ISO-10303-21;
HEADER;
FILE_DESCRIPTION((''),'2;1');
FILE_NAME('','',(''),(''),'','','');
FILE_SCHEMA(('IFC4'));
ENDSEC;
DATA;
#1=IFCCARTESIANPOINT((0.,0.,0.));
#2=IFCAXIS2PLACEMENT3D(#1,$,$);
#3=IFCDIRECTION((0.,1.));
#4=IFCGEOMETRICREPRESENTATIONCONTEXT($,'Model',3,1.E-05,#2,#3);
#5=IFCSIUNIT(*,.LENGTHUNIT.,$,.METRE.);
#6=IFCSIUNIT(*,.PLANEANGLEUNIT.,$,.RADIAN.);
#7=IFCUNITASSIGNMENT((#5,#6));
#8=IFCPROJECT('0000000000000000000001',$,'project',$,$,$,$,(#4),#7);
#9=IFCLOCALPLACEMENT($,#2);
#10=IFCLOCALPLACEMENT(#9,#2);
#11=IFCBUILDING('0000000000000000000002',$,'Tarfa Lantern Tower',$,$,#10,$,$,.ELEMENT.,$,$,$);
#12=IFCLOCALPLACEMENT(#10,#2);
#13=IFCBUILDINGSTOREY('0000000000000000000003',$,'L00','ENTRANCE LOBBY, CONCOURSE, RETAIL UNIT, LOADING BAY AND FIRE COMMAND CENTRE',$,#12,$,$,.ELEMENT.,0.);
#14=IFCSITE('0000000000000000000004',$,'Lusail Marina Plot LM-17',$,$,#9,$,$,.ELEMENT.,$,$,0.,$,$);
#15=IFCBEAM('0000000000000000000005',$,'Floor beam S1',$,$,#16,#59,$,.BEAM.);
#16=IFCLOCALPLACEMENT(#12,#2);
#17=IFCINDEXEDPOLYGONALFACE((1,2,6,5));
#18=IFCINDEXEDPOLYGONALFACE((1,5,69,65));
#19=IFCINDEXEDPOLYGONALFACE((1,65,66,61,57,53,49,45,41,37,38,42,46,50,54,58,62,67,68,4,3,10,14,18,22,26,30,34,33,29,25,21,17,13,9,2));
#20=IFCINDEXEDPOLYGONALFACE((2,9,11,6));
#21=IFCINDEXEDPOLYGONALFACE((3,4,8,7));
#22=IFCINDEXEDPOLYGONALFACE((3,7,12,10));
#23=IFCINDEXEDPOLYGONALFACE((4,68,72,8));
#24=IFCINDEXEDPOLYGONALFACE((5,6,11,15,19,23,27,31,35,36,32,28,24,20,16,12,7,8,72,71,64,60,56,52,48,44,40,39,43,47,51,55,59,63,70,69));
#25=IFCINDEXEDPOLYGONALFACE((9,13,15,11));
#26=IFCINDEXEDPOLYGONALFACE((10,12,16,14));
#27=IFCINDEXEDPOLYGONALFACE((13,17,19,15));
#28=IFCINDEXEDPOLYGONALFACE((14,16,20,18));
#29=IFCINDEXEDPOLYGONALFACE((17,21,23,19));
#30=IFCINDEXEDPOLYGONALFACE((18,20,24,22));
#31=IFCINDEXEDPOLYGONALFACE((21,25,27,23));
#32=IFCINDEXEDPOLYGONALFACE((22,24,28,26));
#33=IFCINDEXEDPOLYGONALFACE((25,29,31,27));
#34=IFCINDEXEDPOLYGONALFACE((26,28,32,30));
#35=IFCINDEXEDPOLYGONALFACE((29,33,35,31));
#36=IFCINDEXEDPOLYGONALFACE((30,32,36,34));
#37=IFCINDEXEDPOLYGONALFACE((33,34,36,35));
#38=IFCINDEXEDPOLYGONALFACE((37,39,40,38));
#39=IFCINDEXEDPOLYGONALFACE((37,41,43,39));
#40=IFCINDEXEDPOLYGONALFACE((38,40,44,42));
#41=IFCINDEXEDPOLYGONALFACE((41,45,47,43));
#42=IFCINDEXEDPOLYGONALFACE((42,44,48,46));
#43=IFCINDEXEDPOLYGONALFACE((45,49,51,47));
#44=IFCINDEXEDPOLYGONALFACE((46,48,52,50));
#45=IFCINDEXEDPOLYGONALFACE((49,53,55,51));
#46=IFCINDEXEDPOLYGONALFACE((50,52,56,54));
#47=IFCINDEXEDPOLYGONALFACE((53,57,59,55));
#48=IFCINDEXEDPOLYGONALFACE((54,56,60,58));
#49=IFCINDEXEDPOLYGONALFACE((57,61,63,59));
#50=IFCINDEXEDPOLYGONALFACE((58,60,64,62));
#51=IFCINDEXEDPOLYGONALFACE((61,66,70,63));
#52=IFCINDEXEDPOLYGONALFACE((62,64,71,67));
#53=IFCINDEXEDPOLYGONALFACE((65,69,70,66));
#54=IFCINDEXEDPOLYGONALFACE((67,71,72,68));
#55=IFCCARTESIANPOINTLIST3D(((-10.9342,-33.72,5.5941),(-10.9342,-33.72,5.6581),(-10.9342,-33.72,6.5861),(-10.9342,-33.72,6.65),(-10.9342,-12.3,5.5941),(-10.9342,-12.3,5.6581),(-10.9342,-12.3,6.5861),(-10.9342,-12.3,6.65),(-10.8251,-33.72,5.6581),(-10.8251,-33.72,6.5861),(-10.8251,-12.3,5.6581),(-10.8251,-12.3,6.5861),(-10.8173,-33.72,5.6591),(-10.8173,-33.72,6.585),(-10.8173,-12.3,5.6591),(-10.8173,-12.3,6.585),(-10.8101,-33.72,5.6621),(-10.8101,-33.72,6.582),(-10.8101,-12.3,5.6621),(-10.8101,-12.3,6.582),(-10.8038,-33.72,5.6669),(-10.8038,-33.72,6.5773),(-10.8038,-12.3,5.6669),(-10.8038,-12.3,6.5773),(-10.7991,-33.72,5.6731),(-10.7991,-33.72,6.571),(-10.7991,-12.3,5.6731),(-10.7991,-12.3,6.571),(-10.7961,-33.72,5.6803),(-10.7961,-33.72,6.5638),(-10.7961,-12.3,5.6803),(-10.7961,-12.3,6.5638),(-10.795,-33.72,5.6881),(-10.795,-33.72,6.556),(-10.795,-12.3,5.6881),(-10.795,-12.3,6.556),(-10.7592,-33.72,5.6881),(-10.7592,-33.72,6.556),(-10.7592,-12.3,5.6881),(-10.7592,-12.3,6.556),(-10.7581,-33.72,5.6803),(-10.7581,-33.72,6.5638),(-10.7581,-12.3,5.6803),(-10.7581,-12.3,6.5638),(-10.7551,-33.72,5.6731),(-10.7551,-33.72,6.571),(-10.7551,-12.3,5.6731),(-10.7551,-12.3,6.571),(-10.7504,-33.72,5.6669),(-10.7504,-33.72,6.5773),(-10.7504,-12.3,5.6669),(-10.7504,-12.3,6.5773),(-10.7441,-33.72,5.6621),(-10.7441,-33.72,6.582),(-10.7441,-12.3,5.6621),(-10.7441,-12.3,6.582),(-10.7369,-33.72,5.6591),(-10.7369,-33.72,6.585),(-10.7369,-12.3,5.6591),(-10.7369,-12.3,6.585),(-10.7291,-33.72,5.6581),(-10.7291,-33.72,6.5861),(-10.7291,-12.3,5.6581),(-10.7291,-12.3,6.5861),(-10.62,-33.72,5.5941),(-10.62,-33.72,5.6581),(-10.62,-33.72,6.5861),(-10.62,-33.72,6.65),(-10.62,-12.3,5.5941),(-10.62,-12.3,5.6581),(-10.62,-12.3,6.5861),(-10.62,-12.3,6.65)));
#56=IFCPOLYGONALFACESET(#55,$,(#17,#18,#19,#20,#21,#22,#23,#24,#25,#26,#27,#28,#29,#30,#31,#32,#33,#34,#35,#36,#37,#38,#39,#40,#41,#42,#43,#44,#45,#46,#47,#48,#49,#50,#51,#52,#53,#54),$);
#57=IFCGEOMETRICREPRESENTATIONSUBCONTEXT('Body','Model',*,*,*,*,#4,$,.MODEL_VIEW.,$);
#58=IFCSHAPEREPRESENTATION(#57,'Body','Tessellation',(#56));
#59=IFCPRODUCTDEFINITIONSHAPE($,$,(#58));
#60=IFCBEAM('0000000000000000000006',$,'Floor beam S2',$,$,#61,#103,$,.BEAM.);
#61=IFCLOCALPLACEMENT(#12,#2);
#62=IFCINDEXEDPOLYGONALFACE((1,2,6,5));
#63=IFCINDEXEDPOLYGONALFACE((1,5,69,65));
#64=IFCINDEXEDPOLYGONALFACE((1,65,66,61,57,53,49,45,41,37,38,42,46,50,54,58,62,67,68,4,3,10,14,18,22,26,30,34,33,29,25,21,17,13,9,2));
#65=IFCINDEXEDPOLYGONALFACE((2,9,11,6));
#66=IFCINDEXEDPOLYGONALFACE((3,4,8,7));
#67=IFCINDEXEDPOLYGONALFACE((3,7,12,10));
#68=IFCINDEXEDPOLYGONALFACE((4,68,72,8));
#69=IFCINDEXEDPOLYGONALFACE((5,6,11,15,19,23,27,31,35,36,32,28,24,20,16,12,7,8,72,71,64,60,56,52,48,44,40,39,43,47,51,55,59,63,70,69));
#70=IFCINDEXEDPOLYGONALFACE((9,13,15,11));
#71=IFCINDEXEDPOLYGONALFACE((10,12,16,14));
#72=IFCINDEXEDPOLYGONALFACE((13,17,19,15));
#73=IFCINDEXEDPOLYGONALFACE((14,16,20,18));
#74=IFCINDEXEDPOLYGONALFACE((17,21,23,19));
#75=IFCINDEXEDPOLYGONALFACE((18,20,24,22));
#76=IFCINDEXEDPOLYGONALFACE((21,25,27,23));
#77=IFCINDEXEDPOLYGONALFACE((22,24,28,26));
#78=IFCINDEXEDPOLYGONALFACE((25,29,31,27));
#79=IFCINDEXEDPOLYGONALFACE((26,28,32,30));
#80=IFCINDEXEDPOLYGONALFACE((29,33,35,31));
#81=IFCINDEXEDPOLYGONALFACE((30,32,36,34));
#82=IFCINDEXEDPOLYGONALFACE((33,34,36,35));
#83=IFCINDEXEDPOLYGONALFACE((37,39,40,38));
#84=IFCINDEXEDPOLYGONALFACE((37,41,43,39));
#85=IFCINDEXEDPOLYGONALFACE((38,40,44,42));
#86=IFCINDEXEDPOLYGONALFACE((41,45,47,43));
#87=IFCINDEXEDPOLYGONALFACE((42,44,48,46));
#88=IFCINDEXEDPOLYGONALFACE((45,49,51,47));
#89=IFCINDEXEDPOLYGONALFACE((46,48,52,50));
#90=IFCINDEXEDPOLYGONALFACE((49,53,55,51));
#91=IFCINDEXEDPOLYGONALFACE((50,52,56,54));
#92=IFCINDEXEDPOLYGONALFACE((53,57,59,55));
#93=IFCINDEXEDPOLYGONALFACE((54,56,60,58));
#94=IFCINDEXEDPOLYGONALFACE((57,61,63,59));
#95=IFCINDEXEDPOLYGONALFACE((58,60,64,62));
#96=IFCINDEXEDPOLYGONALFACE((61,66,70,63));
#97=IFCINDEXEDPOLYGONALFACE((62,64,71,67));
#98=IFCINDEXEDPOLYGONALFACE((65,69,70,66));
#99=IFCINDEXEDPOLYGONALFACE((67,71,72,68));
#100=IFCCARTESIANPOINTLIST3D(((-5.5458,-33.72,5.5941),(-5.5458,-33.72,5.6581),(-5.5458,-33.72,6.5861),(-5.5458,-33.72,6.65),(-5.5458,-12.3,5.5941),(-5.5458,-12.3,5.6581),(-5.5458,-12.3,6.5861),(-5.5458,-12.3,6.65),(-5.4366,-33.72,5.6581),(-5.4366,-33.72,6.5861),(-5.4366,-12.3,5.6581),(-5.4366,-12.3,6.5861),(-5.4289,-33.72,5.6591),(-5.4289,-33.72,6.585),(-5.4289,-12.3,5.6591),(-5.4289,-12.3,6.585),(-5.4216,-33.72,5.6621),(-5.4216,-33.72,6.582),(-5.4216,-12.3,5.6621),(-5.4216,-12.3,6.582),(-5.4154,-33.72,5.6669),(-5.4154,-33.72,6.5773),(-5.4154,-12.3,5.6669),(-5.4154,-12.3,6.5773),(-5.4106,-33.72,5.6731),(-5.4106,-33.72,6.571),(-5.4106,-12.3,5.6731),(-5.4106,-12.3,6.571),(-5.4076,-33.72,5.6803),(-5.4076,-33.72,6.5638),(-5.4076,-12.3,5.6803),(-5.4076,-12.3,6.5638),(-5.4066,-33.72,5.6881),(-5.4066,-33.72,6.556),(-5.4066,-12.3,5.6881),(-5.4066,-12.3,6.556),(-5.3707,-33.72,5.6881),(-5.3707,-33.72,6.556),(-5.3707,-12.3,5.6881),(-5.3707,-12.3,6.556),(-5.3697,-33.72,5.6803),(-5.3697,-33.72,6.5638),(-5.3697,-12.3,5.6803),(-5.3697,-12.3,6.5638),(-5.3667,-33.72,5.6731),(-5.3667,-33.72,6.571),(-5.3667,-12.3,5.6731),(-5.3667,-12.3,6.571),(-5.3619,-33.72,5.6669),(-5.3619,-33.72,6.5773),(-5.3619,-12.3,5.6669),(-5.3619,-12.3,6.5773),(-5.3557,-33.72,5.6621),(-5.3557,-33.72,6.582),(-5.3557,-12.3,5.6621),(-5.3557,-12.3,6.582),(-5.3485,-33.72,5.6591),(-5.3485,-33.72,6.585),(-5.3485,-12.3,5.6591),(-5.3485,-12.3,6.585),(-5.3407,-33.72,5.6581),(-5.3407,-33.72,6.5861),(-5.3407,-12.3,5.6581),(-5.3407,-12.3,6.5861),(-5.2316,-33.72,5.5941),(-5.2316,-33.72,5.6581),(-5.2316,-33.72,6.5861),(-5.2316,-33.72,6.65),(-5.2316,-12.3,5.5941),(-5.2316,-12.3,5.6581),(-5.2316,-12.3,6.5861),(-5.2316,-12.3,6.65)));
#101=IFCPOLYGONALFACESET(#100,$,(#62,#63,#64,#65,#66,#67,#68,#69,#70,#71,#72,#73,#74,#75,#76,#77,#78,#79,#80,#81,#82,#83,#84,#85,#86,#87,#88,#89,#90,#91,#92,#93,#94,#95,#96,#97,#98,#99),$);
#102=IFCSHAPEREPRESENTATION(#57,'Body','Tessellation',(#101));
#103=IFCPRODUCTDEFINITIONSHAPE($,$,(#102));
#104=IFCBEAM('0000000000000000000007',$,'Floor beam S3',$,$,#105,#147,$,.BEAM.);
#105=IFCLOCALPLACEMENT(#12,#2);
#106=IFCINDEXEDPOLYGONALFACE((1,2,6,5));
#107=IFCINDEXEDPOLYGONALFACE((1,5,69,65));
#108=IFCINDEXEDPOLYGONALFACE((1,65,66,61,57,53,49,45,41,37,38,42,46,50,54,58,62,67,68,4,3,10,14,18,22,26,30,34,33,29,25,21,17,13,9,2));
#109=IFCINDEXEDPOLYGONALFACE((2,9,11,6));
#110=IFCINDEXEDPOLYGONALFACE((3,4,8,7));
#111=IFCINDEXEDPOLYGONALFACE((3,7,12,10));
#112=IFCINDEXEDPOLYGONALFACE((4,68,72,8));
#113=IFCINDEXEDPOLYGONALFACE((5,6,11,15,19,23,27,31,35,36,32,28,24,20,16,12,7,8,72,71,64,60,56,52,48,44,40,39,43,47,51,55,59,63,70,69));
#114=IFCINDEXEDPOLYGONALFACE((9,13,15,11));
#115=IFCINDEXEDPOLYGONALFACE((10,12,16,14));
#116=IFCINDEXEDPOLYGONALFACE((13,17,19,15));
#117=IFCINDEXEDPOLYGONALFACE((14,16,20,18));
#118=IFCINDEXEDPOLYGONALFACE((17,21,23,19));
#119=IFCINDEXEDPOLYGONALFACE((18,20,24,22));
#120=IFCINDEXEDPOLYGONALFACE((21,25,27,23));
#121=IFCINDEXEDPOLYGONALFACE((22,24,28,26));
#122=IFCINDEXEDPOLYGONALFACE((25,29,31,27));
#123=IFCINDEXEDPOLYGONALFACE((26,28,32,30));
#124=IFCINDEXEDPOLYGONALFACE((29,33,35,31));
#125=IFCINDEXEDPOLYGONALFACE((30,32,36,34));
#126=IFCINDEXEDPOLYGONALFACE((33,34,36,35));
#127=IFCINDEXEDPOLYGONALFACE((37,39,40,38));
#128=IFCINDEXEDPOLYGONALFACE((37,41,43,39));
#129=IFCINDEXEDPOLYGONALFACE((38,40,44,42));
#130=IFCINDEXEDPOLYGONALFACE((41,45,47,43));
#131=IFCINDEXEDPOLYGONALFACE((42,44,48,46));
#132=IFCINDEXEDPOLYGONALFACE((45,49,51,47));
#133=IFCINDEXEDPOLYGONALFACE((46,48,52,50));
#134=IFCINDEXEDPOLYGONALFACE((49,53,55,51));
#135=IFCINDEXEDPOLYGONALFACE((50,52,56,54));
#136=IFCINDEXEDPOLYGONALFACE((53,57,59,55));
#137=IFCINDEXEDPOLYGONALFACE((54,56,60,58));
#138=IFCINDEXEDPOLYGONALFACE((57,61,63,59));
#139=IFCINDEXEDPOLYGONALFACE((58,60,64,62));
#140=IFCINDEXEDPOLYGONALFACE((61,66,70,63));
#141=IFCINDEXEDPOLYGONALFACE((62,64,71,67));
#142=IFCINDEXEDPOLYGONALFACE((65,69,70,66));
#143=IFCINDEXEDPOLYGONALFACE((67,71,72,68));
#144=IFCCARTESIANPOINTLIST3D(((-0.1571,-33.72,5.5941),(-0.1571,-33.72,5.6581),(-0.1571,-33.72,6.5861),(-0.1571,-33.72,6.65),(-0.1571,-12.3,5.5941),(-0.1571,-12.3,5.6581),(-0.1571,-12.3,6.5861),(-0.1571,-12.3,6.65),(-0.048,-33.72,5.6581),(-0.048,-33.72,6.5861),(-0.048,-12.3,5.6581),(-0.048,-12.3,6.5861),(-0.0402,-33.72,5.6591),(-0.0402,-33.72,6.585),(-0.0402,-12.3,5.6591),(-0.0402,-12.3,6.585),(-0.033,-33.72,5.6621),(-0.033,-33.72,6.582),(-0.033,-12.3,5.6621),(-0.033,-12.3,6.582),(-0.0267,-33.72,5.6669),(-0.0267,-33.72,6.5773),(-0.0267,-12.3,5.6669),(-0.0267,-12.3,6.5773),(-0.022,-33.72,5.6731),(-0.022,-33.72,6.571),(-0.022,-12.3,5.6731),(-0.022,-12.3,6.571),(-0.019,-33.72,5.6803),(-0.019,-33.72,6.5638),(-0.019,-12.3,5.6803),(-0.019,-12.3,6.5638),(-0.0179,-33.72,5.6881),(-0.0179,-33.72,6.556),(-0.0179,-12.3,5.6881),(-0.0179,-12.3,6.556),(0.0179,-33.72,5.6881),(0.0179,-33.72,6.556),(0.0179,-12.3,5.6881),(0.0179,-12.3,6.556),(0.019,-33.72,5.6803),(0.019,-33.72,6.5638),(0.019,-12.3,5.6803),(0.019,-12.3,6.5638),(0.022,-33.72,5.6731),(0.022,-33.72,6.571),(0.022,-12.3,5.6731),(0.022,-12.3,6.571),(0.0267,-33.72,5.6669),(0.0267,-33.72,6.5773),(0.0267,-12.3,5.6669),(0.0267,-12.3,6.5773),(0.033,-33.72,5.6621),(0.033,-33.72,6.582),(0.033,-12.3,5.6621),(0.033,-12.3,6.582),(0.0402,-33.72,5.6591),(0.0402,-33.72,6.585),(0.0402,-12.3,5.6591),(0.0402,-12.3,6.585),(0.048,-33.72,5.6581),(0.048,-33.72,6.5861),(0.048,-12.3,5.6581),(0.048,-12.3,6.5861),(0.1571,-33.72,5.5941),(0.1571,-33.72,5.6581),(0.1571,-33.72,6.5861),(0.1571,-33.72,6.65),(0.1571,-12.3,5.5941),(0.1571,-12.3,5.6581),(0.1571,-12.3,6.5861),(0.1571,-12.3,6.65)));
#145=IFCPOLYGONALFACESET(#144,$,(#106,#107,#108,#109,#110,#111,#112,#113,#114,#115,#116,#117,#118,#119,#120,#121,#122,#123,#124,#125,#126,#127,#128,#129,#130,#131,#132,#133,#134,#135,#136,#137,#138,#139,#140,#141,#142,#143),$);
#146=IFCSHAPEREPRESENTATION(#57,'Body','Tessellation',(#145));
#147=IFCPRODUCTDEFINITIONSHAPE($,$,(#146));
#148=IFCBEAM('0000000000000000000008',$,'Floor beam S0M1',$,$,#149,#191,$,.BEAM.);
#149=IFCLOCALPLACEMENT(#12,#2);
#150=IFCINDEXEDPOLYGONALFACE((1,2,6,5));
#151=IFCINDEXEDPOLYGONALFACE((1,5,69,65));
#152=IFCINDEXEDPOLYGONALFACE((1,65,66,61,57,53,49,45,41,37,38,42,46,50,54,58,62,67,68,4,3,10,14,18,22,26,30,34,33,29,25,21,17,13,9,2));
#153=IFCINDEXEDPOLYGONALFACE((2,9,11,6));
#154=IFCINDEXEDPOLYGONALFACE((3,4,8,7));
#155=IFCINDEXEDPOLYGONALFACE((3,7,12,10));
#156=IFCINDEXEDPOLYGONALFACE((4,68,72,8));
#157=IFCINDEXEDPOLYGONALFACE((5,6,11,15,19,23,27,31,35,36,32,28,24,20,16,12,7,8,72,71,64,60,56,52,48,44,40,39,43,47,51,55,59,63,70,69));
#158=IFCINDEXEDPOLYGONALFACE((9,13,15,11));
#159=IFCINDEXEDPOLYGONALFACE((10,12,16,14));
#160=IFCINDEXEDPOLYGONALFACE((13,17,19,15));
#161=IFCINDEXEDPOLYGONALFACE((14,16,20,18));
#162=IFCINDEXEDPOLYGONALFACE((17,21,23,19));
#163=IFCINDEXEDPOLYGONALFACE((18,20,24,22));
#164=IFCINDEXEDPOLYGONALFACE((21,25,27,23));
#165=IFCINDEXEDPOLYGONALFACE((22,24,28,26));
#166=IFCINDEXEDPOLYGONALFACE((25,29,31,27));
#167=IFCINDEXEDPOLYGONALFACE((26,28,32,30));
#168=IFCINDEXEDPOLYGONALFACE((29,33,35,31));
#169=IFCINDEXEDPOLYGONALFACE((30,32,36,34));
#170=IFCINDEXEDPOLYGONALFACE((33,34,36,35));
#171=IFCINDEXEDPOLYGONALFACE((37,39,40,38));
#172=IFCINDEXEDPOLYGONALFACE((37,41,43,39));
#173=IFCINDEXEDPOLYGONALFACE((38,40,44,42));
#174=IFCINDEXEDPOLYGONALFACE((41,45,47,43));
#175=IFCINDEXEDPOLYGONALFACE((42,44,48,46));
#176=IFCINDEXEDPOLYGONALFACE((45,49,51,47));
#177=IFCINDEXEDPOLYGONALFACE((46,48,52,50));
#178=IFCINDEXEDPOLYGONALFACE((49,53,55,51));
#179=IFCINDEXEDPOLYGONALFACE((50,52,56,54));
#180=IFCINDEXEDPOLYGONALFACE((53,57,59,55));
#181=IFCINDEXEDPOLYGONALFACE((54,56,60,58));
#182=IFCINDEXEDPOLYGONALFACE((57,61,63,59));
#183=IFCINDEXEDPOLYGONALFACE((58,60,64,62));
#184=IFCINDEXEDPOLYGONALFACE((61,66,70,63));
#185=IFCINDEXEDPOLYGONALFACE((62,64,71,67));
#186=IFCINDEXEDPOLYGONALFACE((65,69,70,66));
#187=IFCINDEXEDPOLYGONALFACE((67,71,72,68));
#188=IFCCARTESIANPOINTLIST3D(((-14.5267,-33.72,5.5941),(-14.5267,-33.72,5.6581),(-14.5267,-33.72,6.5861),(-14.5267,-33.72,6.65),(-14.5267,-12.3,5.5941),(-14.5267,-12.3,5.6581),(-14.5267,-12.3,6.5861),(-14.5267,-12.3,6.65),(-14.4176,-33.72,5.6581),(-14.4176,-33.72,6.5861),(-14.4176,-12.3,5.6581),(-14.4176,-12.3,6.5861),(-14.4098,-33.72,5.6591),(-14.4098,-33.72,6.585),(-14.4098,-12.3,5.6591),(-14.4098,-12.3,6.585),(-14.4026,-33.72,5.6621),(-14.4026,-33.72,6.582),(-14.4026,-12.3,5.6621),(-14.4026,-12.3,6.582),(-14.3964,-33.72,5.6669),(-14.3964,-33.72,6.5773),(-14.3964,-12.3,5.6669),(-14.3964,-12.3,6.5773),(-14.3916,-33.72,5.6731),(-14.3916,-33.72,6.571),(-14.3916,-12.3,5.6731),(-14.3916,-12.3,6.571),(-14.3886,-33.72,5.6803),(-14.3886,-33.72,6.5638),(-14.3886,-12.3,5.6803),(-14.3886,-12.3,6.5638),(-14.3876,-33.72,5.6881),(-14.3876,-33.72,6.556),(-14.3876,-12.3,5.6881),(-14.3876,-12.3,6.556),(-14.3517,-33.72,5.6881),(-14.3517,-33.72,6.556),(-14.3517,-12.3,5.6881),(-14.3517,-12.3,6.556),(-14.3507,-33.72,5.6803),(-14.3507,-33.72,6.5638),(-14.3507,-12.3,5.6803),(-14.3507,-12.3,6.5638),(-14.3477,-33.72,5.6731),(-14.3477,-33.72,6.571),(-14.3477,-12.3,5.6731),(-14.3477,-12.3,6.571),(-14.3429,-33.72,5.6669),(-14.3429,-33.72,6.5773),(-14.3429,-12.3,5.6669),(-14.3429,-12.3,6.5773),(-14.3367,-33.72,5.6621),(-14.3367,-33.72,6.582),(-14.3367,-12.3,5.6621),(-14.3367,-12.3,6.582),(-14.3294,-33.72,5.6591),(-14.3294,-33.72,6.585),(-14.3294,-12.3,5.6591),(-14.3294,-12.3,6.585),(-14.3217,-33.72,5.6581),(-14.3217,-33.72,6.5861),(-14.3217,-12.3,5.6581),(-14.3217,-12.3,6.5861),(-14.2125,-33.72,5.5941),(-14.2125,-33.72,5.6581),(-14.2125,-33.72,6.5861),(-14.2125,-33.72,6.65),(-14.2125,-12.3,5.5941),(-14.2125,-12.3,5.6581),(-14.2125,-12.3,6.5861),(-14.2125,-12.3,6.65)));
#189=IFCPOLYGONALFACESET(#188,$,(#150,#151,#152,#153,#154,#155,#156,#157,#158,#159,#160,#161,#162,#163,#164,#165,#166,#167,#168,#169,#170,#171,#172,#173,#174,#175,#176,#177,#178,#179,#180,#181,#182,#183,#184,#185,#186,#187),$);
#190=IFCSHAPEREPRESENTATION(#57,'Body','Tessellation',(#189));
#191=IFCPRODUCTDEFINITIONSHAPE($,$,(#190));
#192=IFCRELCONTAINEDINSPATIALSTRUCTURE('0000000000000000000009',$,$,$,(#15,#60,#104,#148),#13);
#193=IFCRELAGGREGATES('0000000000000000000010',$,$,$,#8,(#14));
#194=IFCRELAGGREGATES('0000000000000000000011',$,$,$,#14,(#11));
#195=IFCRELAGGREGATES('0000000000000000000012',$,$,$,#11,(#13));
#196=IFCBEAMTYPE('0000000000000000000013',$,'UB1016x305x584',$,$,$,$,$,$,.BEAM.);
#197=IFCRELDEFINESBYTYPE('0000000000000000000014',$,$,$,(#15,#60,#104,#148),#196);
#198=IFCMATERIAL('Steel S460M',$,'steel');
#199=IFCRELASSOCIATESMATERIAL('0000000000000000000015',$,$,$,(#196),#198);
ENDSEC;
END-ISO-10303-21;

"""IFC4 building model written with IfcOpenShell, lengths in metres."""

from ifc_helpers import new_model, si_unit, direction, frame, origin, origin_2d, place, context, subcontext, project, spatial, i_section, extrude, material, material_profile, profile_set, type_object, element, save


model = new_model("IFC4")

# Units and contexts
model_context = context("Model", 3, precision=1e-05, world=origin(), true_north=direction((0.0, 1.0)))
body_context = subcontext(model_context, "Body", "Model", "MODEL_VIEW")
ifc_project = project(units=[si_unit("LENGTHUNIT", "METRE"), si_unit("PLANEANGLEUNIT", "RADIAN")], contexts=[model_context])

# Site, building, storey
site_placement = place(None, origin())
site = spatial("IfcSite", under=ifc_project, at=site_placement, Name="Lusail Marina Plot LM-17", CompositionType="ELEMENT", RefElevation=0.0)
building_placement = place(site_placement, origin())
building = spatial("IfcBuilding", under=site, at=building_placement, Name="Tarfa Lantern Tower", CompositionType="ELEMENT")
storey_placement = place(building_placement, origin())
storey = spatial("IfcBuildingStorey", under=building, at=storey_placement, Name="L00", Description="ENTRANCE LOBBY, CONCOURSE, RETAIL UNIT, LOADING BAY AND FIRE COMMAND CENTRE", CompositionType="ELEMENT", Elevation=0.0)

# Beams
ifc_material_1 = material(Name="Steel S460M", Category="steel")
ifc_material_profile_1 = material_profile(ifc_material_1, i_section(OverallWidth=0.3142, OverallDepth=1.0559, WebThickness=0.0359, FlangeThickness=0.064, FilletRadius=0.03, at=origin_2d()), Name="UB1016x305x584")
ifc_profile_set_1 = profile_set([ifc_material_profile_1], Name="Steel S460M")
beam_type_1 = type_object("IfcBeamType", Name="UB1016x305x584", PredefinedType="BEAM", material=ifc_profile_set_1)
for number, where, z_axis, x_axis, name in (
    (1, (-10.7771, -33.72, 6.1221), (0.0, 1.0, 0.0), (-1.0, 0.0, 0.0), "Floor beam S1"),
    (2, (-5.3887, -33.72, 6.1221), (0.0, 1.0, 0.0), (-1.0, 0.0, 0.0), "Floor beam S2"),
    (3, (0.0, -33.72, 6.1221), (0.0, 1.0, 0.0), (-1.0, 0.0, 0.0), "Floor beam S3"),
    (4, (-14.3696, -33.72, 6.1221), (0.0, 1.0, 0.0), (-1.0, 0.0, 0.0), "Floor beam S0M1"),
):
    element("IfcBeam", number, at=place(storey_placement, frame(where, z_axis=z_axis, x_axis=x_axis)), inside=storey, type_object=beam_type_1, Name=name, PredefinedType="BEAM", context=body_context, shape_type="SweptSolid", body=[
        extrude(i_section(OverallWidth=0.3142, OverallDepth=1.0559, WebThickness=0.0359, FlangeThickness=0.064, FilletRadius=0.03, at=origin_2d()), origin(), (0.0, 0.0, 1.0), 21.4199),
    ])

save(model, "model.ifc")
